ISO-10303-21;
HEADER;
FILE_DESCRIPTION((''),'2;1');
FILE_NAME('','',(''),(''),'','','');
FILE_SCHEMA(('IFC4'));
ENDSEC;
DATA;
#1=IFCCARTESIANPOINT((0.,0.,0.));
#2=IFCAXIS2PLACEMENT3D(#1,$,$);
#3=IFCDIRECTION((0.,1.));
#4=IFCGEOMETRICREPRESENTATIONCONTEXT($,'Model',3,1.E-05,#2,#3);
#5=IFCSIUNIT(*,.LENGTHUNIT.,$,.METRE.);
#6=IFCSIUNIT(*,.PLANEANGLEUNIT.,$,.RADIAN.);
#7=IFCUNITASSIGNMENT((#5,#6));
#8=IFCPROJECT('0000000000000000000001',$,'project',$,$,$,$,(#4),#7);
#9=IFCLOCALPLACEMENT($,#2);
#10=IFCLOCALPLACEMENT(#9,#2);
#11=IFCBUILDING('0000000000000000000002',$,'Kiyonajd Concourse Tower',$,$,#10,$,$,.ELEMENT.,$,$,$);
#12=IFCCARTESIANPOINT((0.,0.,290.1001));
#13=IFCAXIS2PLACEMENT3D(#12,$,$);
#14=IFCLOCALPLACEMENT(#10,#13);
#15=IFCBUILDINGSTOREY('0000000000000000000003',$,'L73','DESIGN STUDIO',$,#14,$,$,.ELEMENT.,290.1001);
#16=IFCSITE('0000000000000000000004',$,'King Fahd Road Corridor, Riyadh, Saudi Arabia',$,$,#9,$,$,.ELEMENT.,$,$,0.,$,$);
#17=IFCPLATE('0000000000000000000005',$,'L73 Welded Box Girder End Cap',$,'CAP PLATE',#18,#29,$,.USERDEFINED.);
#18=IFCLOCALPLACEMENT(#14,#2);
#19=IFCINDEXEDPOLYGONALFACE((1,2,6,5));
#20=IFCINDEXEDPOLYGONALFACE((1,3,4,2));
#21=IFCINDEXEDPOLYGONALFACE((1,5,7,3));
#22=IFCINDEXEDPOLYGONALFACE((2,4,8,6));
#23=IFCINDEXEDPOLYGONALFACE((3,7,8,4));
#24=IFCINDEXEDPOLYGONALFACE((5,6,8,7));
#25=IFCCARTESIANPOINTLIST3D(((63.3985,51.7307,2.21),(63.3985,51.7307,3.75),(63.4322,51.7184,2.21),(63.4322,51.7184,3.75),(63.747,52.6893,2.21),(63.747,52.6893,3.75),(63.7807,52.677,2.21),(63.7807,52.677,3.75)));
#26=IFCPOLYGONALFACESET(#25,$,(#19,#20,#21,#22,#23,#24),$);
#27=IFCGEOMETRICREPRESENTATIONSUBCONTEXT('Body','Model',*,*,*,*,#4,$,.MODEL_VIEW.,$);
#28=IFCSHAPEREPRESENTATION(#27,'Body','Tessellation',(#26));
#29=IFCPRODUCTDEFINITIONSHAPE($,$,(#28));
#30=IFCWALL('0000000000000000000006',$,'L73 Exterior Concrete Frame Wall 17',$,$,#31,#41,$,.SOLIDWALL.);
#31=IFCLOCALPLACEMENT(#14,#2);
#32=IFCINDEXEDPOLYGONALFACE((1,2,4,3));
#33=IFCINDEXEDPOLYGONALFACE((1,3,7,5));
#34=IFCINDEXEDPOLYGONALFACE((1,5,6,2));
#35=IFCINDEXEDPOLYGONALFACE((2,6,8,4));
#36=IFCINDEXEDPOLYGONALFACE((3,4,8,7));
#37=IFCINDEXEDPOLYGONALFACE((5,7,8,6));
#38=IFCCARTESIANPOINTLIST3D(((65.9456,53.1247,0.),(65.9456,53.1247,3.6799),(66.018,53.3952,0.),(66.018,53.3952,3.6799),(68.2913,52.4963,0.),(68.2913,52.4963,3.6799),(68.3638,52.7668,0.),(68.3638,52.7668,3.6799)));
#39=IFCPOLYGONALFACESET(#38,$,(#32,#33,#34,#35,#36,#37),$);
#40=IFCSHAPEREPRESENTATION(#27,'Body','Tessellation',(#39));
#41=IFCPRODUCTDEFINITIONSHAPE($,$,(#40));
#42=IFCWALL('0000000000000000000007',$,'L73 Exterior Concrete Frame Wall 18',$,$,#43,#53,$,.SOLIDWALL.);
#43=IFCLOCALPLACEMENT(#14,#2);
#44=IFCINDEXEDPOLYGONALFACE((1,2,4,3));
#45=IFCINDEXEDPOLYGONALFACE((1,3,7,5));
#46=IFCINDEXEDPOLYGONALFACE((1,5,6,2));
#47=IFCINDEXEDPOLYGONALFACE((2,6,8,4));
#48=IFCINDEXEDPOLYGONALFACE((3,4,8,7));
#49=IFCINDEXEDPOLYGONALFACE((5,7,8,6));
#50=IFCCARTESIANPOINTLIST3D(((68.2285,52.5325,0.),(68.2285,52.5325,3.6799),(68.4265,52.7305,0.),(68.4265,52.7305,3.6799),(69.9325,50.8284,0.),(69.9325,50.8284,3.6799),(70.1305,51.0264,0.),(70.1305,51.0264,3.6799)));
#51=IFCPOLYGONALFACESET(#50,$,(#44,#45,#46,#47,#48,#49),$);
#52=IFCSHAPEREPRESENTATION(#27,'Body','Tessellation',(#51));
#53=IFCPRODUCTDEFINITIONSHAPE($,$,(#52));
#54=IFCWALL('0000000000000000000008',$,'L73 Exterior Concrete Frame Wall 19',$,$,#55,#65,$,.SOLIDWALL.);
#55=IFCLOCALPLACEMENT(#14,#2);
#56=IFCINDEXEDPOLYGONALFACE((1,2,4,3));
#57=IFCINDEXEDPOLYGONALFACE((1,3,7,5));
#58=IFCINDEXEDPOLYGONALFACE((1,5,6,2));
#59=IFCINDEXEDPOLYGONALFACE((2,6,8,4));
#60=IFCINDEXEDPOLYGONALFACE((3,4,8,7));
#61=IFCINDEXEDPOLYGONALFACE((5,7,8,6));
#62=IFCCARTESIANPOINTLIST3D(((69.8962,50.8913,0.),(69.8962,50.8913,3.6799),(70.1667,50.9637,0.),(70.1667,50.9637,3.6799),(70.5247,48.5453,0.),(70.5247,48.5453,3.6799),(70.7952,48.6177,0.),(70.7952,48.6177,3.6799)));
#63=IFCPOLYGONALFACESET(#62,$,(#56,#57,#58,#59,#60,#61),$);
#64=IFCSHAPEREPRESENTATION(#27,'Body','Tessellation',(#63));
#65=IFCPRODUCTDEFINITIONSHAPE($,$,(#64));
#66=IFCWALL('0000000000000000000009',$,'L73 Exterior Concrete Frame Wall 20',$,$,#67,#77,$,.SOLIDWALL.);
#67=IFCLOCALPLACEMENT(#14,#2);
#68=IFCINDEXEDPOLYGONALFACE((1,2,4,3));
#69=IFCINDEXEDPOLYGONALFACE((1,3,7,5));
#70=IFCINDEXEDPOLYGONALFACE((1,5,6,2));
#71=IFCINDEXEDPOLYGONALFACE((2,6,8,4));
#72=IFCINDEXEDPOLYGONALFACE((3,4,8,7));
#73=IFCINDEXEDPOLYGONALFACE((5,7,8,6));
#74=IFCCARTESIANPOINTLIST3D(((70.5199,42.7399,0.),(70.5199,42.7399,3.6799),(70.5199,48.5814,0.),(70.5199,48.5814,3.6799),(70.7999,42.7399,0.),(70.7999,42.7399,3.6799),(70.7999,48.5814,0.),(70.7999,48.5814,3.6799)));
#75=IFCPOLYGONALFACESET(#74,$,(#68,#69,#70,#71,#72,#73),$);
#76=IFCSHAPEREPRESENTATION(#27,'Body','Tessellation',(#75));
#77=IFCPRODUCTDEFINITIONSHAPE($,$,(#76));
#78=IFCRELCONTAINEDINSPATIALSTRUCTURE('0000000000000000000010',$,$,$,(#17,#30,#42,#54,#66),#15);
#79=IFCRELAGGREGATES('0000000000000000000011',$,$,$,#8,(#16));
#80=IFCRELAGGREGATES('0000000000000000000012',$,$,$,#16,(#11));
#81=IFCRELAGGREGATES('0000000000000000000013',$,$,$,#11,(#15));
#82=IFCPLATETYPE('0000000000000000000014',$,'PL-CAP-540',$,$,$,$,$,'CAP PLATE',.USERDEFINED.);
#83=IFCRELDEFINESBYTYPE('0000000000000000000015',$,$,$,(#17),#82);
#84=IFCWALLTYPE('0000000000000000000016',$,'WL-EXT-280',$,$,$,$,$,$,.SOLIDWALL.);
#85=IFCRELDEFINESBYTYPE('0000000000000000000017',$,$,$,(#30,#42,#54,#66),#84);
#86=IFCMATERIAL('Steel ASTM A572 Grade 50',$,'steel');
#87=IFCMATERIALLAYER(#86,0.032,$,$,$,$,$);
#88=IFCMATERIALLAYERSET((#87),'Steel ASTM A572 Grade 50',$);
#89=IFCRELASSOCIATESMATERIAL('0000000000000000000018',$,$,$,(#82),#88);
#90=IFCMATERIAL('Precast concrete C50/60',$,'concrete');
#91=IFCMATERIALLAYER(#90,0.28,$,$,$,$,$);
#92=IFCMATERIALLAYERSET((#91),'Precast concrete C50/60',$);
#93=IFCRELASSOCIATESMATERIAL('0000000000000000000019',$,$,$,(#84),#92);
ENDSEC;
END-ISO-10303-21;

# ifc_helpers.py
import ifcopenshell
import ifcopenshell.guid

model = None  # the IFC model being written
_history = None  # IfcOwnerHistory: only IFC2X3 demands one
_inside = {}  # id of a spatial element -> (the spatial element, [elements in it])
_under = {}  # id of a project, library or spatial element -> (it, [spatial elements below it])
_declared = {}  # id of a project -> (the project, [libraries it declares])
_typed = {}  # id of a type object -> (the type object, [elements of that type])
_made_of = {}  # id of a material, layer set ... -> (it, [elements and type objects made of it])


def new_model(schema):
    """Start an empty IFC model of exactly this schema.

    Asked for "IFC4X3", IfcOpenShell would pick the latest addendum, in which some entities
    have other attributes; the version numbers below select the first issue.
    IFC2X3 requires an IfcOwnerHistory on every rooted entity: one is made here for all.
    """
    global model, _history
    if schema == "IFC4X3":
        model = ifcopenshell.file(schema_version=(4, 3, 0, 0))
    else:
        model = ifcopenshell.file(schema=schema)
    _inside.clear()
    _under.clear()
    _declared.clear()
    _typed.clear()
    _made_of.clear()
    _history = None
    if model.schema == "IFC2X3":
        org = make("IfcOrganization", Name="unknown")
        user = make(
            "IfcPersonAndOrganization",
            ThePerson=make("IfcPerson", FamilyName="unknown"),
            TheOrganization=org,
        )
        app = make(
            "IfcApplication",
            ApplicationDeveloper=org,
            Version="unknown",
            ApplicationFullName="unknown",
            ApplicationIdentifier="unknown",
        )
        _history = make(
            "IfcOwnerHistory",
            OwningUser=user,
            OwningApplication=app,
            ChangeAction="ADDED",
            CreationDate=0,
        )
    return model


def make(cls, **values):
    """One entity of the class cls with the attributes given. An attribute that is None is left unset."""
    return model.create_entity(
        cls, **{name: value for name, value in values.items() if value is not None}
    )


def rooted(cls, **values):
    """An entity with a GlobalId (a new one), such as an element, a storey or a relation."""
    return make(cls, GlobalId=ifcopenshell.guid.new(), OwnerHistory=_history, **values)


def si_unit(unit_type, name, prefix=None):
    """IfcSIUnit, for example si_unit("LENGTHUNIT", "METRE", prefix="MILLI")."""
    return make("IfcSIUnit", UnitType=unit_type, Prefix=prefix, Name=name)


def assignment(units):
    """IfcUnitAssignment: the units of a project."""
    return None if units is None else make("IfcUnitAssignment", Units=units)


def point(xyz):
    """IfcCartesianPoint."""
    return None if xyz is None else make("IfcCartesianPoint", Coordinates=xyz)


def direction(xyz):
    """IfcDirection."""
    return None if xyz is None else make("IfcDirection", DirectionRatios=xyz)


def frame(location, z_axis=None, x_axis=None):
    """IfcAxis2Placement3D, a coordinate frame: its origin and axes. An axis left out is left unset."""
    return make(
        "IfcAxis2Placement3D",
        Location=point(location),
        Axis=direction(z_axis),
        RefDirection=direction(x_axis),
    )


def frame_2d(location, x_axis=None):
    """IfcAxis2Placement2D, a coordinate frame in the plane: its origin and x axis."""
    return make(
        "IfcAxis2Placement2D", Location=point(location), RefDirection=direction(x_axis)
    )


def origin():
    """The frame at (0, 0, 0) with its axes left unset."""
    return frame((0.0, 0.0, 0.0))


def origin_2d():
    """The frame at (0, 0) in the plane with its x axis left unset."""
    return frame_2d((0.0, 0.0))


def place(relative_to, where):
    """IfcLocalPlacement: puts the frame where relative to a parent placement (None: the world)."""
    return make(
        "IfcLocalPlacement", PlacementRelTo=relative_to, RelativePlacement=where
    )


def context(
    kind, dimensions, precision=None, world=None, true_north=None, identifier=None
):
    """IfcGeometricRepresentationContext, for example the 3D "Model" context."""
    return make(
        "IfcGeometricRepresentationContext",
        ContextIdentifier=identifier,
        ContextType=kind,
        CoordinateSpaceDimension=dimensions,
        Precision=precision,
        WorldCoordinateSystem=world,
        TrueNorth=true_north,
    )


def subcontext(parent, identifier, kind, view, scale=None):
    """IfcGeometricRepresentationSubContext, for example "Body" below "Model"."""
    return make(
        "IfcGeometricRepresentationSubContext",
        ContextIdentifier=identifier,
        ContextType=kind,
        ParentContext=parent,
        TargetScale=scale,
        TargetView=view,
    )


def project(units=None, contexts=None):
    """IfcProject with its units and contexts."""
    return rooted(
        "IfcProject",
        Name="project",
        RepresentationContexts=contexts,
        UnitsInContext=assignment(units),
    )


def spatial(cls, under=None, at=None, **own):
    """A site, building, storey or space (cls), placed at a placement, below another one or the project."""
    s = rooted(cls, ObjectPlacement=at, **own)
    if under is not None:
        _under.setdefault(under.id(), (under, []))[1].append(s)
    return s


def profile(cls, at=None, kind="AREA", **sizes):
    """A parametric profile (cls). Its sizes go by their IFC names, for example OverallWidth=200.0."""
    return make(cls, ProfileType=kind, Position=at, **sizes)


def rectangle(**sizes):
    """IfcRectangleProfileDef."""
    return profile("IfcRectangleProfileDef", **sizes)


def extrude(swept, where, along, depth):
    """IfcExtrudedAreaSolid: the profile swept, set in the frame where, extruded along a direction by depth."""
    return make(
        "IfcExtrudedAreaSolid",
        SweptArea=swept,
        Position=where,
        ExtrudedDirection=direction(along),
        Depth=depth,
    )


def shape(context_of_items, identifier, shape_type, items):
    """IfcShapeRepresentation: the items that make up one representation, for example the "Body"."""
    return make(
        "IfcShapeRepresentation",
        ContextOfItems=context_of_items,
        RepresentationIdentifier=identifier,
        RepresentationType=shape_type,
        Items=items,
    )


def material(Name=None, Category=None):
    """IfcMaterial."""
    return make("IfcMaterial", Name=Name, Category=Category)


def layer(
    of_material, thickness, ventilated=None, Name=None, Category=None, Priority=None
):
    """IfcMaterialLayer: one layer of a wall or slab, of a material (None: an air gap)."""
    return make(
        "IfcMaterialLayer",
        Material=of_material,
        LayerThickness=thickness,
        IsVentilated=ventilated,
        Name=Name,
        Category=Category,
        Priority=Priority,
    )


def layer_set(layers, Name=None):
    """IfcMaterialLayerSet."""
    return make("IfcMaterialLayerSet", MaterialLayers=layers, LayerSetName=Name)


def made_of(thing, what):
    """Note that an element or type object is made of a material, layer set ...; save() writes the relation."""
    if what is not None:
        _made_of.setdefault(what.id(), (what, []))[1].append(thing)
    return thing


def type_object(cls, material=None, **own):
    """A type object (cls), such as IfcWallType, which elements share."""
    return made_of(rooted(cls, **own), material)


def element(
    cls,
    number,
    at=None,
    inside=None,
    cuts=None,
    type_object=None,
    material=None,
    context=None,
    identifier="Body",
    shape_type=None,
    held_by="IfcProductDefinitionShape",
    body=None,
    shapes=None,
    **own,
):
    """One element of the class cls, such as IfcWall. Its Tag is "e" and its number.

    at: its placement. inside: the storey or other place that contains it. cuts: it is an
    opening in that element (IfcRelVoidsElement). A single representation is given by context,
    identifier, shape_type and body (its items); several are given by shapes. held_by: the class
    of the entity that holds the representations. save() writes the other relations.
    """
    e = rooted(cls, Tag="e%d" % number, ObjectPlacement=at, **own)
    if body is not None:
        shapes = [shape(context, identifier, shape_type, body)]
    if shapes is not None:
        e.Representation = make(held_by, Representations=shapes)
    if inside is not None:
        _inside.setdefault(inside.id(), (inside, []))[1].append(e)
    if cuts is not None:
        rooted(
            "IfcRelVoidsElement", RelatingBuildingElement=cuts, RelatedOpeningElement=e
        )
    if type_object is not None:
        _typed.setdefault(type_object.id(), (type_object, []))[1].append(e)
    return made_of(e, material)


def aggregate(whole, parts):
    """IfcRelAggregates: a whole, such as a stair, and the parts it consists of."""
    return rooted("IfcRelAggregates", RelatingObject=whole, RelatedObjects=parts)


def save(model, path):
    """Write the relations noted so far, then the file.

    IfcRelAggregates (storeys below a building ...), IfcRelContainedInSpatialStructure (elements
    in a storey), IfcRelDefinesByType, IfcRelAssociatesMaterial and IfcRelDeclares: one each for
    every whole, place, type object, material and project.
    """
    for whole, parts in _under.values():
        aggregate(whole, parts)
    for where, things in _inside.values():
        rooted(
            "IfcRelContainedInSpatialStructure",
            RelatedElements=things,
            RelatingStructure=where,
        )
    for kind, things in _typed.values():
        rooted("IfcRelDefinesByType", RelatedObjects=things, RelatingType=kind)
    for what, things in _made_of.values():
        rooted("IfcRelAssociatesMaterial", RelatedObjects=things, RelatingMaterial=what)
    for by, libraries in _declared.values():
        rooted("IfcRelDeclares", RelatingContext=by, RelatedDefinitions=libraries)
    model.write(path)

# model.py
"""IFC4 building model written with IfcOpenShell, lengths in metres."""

from ifc_helpers import new_model, si_unit, direction, frame, frame_2d, origin, origin_2d, place, context, subcontext, project, spatial, rectangle, extrude, material, layer, layer_set, type_object, element, save


model = new_model("IFC4")

# Units and contexts
model_context = context("Model", 3, precision=1e-05, world=origin(), true_north=direction((0.0, 1.0)))
body_context = subcontext(model_context, "Body", "Model", "MODEL_VIEW")
ifc_project = project(units=[si_unit("LENGTHUNIT", "METRE"), si_unit("PLANEANGLEUNIT", "RADIAN")], contexts=[model_context])

# Site, building, storey
site_placement = place(None, origin())
site = spatial("IfcSite", under=ifc_project, at=site_placement, Name="King Fahd Road Corridor, Riyadh, Saudi Arabia", CompositionType="ELEMENT", RefElevation=0.0)
building_placement = place(site_placement, origin())
building = spatial("IfcBuilding", under=site, at=building_placement, Name="Kiyonajd Concourse Tower", CompositionType="ELEMENT")
storey_placement = place(building_placement, frame((0.0, 0.0, 290.1001)))
storey = spatial("IfcBuildingStorey", under=building, at=storey_placement, Name="L73", Description="DESIGN STUDIO", CompositionType="ELEMENT", Elevation=290.1001)

# Shared definitions
ifc_material_1 = material(Name="Steel ASTM A572 Grade 50", Category="steel")

# Plate
ifc_layer_1 = layer(ifc_material_1, 0.032)
ifc_layer_set_1 = layer_set([ifc_layer_1], Name="Steel ASTM A572 Grade 50")
plate_type_1 = type_object("IfcPlateType", Name="PL-CAP-540", ElementType="CAP PLATE", PredefinedType="USERDEFINED", material=ifc_layer_set_1)
for number, where, z_axis, x_axis, name in (
    (1, (63.5896, 52.2039, 2.21), (0.0, 0.0, 1.0), (-0.939812, 0.341692, 0.0), "L73 Welded Box Girder End Cap"),
):
    element("IfcPlate", number, at=place(storey_placement, frame(where, z_axis=z_axis, x_axis=x_axis)), inside=storey, type_object=plate_type_1, Name=name, ObjectType="CAP PLATE", PredefinedType="USERDEFINED", context=body_context, shape_type="SweptSolid", body=[
        extrude(rectangle(XDim=0.0359, YDim=1.02, at=origin_2d()), origin(), (0.0, 0.0, 1.0), 1.54),
    ])

# Walls
ifc_material_2 = material(Name="Precast concrete C50/60", Category="concrete")
ifc_layer_2 = layer(ifc_material_2, 0.28)
ifc_layer_set_2 = layer_set([ifc_layer_2], Name="Precast concrete C50/60")
wall_type = type_object("IfcWallType", Name="WL-EXT-280", PredefinedType="SOLIDWALL", material=ifc_layer_set_2)
wall_1_placement = place(storey_placement, frame((65.9817, 53.26, 0.0), z_axis=(0.0, 0.0, 1.0), x_axis=(0.965937, -0.258776, 0.0)))
element("IfcWall", 2, at=wall_1_placement, inside=storey, type_object=wall_type, Name="L73 Exterior Concrete Frame Wall 17", PredefinedType="SOLIDWALL", context=body_context, shape_type="SweptSolid", body=[
    extrude(rectangle(XDim=2.4285, YDim=0.28, at=frame_2d((1.2144, 0.0))), origin(), (0.0, 0.0, 1.0), 3.6799),
])
wall_2_placement = place(storey_placement, frame((68.3274, 52.6316, 0.0), z_axis=(0.0, 0.0, 1.0), x_axis=(0.707107, -0.707107, 0.0)))
element("IfcWall", 3, at=wall_2_placement, inside=storey, type_object=wall_type, Name="L73 Exterior Concrete Frame Wall 18", PredefinedType="SOLIDWALL", context=body_context, shape_type="SweptSolid", body=[
    extrude(rectangle(XDim=2.4099, YDim=0.28, at=frame_2d((1.2051, 0.0))), origin(), (0.0, 0.0, 1.0), 3.6799),
])
wall_3_placement = place(storey_placement, frame((70.0315, 50.9275, 0.0), z_axis=(0.0, 0.0, 1.0), x_axis=(0.258751, -0.965944, 0.0)))
element("IfcWall", 4, at=wall_3_placement, inside=storey, type_object=wall_type, Name="L73 Exterior Concrete Frame Wall 19", PredefinedType="SOLIDWALL", context=body_context, shape_type="SweptSolid", body=[
    extrude(rectangle(XDim=2.4287, YDim=0.28, at=frame_2d((1.2144, 0.0))), origin(), (0.0, 0.0, 1.0), 3.6799),
])
wall_4_placement = place(storey_placement, frame((70.6599, 48.5815, 0.0), z_axis=(0.0, 0.0, 1.0), x_axis=(0.0, -1.0, 0.0)))
element("IfcWall", 5, at=wall_4_placement, inside=storey, type_object=wall_type, Name="L73 Exterior Concrete Frame Wall 20", PredefinedType="SOLIDWALL", context=body_context, shape_type="SweptSolid", body=[
    extrude(rectangle(XDim=5.8416, YDim=0.28, at=frame_2d((2.9209, 0.0))), origin(), (0.0, 0.0, 1.0), 3.6799),
])

save(model, "model.ifc")
